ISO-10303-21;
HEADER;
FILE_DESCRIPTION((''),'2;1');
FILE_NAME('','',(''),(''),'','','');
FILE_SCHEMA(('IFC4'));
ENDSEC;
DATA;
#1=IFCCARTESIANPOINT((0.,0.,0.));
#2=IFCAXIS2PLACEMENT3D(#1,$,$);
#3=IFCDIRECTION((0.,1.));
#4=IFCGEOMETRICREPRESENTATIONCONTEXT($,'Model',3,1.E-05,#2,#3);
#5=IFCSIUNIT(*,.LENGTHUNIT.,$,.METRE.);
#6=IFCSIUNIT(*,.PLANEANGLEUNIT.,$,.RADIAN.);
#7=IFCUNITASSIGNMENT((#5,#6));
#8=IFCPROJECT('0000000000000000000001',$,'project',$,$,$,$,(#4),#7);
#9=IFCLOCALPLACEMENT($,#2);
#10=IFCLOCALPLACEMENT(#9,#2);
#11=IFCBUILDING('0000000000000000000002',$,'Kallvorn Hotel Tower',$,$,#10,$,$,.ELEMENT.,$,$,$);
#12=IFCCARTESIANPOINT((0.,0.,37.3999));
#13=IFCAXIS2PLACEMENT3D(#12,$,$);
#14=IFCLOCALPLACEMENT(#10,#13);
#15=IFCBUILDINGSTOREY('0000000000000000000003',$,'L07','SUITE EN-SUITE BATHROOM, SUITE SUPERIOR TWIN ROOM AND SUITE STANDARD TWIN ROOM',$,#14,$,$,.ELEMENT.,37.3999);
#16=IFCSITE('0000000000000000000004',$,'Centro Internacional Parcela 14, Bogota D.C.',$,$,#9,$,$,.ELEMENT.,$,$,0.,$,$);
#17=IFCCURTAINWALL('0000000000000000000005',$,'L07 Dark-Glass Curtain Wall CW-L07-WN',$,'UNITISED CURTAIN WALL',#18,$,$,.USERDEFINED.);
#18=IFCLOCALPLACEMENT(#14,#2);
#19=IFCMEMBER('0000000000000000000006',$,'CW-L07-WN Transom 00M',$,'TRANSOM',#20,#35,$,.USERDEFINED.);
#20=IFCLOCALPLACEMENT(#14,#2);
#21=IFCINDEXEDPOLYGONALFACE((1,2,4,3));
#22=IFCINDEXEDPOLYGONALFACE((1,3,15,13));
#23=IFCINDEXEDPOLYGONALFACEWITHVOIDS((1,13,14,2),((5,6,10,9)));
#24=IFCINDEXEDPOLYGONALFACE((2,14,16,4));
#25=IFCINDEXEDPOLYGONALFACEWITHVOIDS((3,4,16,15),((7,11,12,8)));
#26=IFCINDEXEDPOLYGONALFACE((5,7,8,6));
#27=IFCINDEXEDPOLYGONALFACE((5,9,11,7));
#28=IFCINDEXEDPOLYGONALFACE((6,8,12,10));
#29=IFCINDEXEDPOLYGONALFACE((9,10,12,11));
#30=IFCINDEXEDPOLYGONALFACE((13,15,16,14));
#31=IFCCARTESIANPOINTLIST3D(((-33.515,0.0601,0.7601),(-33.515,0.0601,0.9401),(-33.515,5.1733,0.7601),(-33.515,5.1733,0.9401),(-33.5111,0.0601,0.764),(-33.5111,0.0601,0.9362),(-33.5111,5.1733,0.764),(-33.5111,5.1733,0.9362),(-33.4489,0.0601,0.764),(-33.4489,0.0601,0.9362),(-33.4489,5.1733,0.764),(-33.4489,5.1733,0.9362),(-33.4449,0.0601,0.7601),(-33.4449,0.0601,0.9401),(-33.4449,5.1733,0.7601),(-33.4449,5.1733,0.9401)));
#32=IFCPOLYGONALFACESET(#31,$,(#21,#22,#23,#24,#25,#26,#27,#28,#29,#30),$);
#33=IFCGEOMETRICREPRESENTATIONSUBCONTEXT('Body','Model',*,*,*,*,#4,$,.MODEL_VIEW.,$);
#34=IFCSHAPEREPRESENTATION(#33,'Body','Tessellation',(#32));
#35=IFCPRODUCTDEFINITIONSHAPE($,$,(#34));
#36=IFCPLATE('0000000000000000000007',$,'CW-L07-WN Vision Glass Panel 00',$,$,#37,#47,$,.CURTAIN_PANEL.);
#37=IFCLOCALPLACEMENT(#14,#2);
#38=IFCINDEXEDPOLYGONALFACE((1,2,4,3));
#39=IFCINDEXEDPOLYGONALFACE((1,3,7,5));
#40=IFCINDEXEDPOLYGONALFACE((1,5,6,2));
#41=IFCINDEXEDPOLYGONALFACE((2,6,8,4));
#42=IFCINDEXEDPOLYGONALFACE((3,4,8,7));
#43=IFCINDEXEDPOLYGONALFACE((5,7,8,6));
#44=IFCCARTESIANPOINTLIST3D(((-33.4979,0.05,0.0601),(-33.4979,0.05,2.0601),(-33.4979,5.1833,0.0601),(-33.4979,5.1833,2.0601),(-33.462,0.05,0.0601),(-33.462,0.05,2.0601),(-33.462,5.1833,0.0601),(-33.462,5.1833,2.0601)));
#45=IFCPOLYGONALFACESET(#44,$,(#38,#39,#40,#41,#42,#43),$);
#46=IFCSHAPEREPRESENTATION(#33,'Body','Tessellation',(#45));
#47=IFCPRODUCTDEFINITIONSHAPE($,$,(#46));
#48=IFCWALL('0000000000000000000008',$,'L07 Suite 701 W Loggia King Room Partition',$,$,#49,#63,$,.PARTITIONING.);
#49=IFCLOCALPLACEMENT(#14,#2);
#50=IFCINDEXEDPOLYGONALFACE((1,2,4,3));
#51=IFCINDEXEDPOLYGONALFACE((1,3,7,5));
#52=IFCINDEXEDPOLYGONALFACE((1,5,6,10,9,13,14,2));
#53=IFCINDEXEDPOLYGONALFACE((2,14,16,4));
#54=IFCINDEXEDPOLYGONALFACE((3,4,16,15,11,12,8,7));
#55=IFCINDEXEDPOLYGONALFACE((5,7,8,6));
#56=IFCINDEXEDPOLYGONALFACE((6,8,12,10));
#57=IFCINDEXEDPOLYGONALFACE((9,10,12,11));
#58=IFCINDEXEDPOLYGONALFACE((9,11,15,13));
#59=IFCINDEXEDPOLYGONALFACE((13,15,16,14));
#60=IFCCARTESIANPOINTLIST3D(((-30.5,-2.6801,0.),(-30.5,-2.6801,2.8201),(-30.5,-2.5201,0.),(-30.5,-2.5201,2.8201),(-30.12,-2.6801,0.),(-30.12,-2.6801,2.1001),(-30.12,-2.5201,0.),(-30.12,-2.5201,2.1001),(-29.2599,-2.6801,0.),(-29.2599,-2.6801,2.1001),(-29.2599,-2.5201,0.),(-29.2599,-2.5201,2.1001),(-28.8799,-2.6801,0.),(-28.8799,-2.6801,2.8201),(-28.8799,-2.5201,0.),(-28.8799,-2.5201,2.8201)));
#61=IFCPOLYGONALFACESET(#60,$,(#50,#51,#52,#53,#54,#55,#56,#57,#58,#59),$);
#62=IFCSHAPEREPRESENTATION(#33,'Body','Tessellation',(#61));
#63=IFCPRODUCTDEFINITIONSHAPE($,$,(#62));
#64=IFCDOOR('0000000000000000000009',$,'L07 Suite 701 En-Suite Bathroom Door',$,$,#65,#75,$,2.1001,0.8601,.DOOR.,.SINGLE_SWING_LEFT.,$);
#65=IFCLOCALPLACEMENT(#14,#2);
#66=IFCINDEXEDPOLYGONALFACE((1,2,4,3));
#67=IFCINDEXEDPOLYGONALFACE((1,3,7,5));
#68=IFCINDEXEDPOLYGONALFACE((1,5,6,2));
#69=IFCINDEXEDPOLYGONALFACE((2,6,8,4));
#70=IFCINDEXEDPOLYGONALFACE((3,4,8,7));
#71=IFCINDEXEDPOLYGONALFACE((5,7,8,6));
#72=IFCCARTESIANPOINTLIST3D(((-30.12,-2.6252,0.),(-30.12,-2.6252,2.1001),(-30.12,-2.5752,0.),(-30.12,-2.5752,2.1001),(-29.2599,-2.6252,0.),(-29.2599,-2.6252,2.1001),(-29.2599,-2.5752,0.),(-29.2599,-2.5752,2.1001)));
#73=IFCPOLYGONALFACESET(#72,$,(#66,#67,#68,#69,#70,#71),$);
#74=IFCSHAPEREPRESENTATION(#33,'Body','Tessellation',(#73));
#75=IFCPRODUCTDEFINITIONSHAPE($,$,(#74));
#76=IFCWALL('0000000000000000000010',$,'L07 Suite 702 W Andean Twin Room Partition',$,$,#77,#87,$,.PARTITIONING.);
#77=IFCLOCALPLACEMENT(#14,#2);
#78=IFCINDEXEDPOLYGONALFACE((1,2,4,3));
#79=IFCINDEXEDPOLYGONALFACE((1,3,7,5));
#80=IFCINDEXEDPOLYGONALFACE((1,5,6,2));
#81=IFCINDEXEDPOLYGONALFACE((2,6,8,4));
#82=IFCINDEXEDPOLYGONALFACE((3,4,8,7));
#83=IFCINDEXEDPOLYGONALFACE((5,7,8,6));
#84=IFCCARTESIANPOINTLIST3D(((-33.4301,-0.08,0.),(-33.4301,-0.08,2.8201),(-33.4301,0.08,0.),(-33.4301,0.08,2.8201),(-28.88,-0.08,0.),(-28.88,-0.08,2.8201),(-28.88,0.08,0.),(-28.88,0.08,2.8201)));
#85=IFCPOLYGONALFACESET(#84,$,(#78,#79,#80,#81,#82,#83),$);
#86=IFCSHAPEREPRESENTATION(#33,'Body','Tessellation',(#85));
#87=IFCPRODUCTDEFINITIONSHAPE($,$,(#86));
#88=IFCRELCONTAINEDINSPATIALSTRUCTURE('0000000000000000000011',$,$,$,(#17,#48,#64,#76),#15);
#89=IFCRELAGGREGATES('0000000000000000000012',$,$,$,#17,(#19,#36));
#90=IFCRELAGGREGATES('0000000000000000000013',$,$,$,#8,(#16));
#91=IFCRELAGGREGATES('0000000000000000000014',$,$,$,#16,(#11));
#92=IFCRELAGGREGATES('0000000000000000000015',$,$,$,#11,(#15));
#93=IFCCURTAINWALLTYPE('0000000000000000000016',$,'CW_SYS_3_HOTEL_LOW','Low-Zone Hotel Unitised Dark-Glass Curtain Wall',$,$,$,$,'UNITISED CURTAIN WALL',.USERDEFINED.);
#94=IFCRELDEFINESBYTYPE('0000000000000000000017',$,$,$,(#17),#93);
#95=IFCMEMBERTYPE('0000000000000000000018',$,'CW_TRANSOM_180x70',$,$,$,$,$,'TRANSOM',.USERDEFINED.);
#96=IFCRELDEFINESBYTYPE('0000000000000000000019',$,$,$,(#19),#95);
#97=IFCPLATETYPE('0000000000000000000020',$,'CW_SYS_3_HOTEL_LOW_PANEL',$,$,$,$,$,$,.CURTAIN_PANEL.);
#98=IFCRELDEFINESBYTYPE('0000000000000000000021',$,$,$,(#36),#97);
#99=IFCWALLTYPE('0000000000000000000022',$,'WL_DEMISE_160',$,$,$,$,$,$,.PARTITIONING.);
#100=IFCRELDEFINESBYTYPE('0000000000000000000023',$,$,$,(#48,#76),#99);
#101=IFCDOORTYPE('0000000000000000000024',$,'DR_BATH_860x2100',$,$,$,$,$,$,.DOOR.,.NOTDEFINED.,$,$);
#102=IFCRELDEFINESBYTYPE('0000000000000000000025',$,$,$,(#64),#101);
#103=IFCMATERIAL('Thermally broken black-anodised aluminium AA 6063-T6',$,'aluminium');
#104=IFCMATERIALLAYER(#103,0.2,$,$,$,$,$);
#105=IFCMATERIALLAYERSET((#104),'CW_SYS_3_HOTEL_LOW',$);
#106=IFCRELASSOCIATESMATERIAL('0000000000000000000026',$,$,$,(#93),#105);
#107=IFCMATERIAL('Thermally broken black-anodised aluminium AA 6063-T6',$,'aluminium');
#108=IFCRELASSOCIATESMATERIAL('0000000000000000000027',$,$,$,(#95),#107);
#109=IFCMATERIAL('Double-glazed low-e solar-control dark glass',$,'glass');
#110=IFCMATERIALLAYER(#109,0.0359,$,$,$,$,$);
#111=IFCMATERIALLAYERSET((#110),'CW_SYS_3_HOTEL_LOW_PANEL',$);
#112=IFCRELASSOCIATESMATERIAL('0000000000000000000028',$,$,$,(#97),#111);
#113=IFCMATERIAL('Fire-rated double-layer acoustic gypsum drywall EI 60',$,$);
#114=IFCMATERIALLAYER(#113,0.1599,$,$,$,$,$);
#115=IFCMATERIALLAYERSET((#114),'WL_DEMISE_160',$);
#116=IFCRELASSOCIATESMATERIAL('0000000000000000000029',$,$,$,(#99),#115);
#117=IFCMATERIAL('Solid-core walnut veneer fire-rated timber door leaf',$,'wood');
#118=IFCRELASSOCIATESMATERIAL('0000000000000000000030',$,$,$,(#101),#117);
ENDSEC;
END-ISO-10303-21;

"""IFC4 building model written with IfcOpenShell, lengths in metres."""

from ifc_helpers import new_model, si_unit, direction, frame, frame_2d, origin, origin_2d, place, context, subcontext, project, spatial, rectangle, hollow_rectangle, extrude, material, layer, layer_set, material_profile, profile_set, type_object, element, fill, aggregate, save


model = new_model("IFC4")

# Units and contexts
model_context = context("Model", 3, precision=1e-05, world=origin(), true_north=direction((0.0, 1.0)))
body_context = subcontext(model_context, "Body", "Model", "MODEL_VIEW")
ifc_project = project(units=[si_unit("LENGTHUNIT", "METRE"), si_unit("PLANEANGLEUNIT", "RADIAN")], contexts=[model_context])

# Site, building, storey
site_placement = place(None, origin())
site = spatial("IfcSite", under=ifc_project, at=site_placement, Name="Centro Internacional Parcela 14, Bogota D.C.", CompositionType="ELEMENT", RefElevation=0.0)
building_placement = place(site_placement, origin())
building = spatial("IfcBuilding", under=site, at=building_placement, Name="Kallvorn Hotel Tower", CompositionType="ELEMENT")
storey_placement = place(building_placement, frame((0.0, 0.0, 37.3999)))
storey = spatial("IfcBuildingStorey", under=building, at=storey_placement, Name="L07", Description="SUITE EN-SUITE BATHROOM, SUITE SUPERIOR TWIN ROOM AND SUITE STANDARD TWIN ROOM", CompositionType="ELEMENT", Elevation=37.3999)

# Curtain wall, member, plate
ifc_material_1 = material(Name="Thermally broken black-anodised aluminium AA 6063-T6", Category="aluminium")
ifc_layer_1 = layer(ifc_material_1, 0.2)
ifc_layer_set_1 = layer_set([ifc_layer_1], Name="CW_SYS_3_HOTEL_LOW")
curtain_wall_type = type_object("IfcCurtainWallType", Name="CW_SYS_3_HOTEL_LOW", Description="Low-Zone Hotel Unitised Dark-Glass Curtain Wall", ElementType="UNITISED CURTAIN WALL", PredefinedType="USERDEFINED", material=ifc_layer_set_1)
curtain_wall_placement = place(storey_placement, origin())
curtain_wall = element("IfcCurtainWall", 1, at=curtain_wall_placement, inside=storey, type_object=curtain_wall_type, Name="L07 Dark-Glass Curtain Wall CW-L07-WN", ObjectType="UNITISED CURTAIN WALL", PredefinedType="USERDEFINED")
ifc_material_2 = material(Name="Thermally broken black-anodised aluminium AA 6063-T6", Category="aluminium")
ifc_material_profile_1 = material_profile(ifc_material_2, hollow_rectangle(XDim=0.0701, YDim=0.1799, WallThickness=0.0039, at=origin_2d()), Name="TRN 180x70")
ifc_profile_set_1 = profile_set([ifc_material_profile_1], Name="Thermally broken black-anodised aluminium AA 6063-T6")
member_type_1 = type_object("IfcMemberType", Name="CW_TRANSOM_180x70", ElementType="TRANSOM", PredefinedType="USERDEFINED", material=ifc_profile_set_1)
member_1_placement = place(storey_placement, frame((-33.48, 0.0601, 0.8501), z_axis=(0.0, 1.0, 0.0), x_axis=(-1.0, 0.0, 0.0)))
member_1 = element("IfcMember", 2, at=member_1_placement, type_object=member_type_1, Name="CW-L07-WN Transom 00M", ObjectType="TRANSOM", PredefinedType="USERDEFINED", context=body_context, shape_type="SweptSolid", body=[
    extrude(hollow_rectangle(XDim=0.0701, YDim=0.1799, WallThickness=0.0039, at=origin_2d()), origin(), (0.0, 0.0, 1.0), 5.1133),
])
ifc_material_3 = material(Name="Double-glazed low-e solar-control dark glass", Category="glass")
ifc_layer_2 = layer(ifc_material_3, 0.0359)
ifc_layer_set_2 = layer_set([ifc_layer_2], Name="CW_SYS_3_HOTEL_LOW_PANEL")
plate_type = type_object("IfcPlateType", Name="CW_SYS_3_HOTEL_LOW_PANEL", PredefinedType="CURTAIN_PANEL", material=ifc_layer_set_2)
plate_placement = place(storey_placement, frame((-33.48, 2.6167, 0.0601), z_axis=(0.0, 0.0, 1.0), x_axis=(0.0, 1.0, 0.0)))
plate = element("IfcPlate", 3, at=plate_placement, type_object=plate_type, Name="CW-L07-WN Vision Glass Panel 00", PredefinedType="CURTAIN_PANEL", context=body_context, shape_type="SweptSolid", body=[
    extrude(rectangle(XDim=5.1333, YDim=0.0359, at=origin_2d()), origin(), (0.0, 0.0, 1.0), 2.0),
])
aggregate(curtain_wall, [member_1, plate])

# Wall, opening, door
ifc_material_4 = material(Name="Fire-rated double-layer acoustic gypsum drywall EI 60")
ifc_layer_3 = layer(ifc_material_4, 0.1599)
ifc_layer_set_3 = layer_set([ifc_layer_3], Name="WL_DEMISE_160")
wall_type = type_object("IfcWallType", Name="WL_DEMISE_160", PredefinedType="PARTITIONING", material=ifc_layer_set_3)
wall_1_placement = place(storey_placement, frame((-30.5, -2.6001, 0.0), z_axis=(0.0, 0.0, 1.0), x_axis=(1.0, 0.0, 0.0)))
wall_1 = element("IfcWall", 4, at=wall_1_placement, inside=storey, type_object=wall_type, Name="L07 Suite 701 W Loggia King Room Partition", PredefinedType="PARTITIONING", context=body_context, shape_type="SweptSolid", body=[
    extrude(rectangle(XDim=1.6201, YDim=0.1599, at=frame_2d((0.8101, 0.0))), origin(), (0.0, 0.0, 1.0), 2.8201),
])
opening_placement = place(wall_1_placement, frame((0.3799, 0.0, 0.0)))
opening = element("IfcOpeningElement", 5, at=opening_placement, cuts=wall_1, PredefinedType="OPENING", context=body_context, shape_type="SweptSolid", body=[
    extrude(rectangle(XDim=0.8601, YDim=2.1001, at=frame_2d((0.4302, 1.05))), frame((0.0, 0.095, 0.0), z_axis=(0.0, -1.0, 0.0), x_axis=(1.0, 0.0, 0.0)), (0.0, 0.0, 1.0), 0.1899),
])
ifc_material_5 = material(Name="Solid-core walnut veneer fire-rated timber door leaf", Category="wood")
door_type = type_object("IfcDoorType", Name="DR_BATH_860x2100", OperationType="NOTDEFINED", PredefinedType="DOOR", material=ifc_material_5)
door_placement = place(opening_placement, origin())
door = element("IfcDoor", 6, at=door_placement, inside=storey, type_object=door_type, Name="L07 Suite 701 En-Suite Bathroom Door", OperationType="SINGLE_SWING_LEFT", OverallHeight=2.1001, OverallWidth=0.8601, PredefinedType="DOOR", context=body_context, shape_type="SweptSolid", body=[
    extrude(rectangle(XDim=0.8601, YDim=2.1001, at=frame_2d((0.4302, 1.05))), frame((0.0, 0.0249, 0.0), z_axis=(0.0, -1.0, 0.0), x_axis=(1.0, 0.0, 0.0)), (0.0, 0.0, 1.0), 0.05),
])
fill(opening, door)

# Wall
wall_2_placement = place(storey_placement, frame((-33.4299, 0.0, 0.0), z_axis=(0.0, 0.0, 1.0), x_axis=(1.0, 0.0, 0.0)))
element("IfcWall", 7, at=wall_2_placement, inside=storey, type_object=wall_type, Name="L07 Suite 702 W Andean Twin Room Partition", PredefinedType="PARTITIONING", context=body_context, shape_type="SweptSolid", body=[
    extrude(rectangle(XDim=4.55, YDim=0.1599, at=frame_2d((2.2749, 0.0))), origin(), (0.0, 0.0, 1.0), 2.8201),
])

save(model, "model.ifc")
